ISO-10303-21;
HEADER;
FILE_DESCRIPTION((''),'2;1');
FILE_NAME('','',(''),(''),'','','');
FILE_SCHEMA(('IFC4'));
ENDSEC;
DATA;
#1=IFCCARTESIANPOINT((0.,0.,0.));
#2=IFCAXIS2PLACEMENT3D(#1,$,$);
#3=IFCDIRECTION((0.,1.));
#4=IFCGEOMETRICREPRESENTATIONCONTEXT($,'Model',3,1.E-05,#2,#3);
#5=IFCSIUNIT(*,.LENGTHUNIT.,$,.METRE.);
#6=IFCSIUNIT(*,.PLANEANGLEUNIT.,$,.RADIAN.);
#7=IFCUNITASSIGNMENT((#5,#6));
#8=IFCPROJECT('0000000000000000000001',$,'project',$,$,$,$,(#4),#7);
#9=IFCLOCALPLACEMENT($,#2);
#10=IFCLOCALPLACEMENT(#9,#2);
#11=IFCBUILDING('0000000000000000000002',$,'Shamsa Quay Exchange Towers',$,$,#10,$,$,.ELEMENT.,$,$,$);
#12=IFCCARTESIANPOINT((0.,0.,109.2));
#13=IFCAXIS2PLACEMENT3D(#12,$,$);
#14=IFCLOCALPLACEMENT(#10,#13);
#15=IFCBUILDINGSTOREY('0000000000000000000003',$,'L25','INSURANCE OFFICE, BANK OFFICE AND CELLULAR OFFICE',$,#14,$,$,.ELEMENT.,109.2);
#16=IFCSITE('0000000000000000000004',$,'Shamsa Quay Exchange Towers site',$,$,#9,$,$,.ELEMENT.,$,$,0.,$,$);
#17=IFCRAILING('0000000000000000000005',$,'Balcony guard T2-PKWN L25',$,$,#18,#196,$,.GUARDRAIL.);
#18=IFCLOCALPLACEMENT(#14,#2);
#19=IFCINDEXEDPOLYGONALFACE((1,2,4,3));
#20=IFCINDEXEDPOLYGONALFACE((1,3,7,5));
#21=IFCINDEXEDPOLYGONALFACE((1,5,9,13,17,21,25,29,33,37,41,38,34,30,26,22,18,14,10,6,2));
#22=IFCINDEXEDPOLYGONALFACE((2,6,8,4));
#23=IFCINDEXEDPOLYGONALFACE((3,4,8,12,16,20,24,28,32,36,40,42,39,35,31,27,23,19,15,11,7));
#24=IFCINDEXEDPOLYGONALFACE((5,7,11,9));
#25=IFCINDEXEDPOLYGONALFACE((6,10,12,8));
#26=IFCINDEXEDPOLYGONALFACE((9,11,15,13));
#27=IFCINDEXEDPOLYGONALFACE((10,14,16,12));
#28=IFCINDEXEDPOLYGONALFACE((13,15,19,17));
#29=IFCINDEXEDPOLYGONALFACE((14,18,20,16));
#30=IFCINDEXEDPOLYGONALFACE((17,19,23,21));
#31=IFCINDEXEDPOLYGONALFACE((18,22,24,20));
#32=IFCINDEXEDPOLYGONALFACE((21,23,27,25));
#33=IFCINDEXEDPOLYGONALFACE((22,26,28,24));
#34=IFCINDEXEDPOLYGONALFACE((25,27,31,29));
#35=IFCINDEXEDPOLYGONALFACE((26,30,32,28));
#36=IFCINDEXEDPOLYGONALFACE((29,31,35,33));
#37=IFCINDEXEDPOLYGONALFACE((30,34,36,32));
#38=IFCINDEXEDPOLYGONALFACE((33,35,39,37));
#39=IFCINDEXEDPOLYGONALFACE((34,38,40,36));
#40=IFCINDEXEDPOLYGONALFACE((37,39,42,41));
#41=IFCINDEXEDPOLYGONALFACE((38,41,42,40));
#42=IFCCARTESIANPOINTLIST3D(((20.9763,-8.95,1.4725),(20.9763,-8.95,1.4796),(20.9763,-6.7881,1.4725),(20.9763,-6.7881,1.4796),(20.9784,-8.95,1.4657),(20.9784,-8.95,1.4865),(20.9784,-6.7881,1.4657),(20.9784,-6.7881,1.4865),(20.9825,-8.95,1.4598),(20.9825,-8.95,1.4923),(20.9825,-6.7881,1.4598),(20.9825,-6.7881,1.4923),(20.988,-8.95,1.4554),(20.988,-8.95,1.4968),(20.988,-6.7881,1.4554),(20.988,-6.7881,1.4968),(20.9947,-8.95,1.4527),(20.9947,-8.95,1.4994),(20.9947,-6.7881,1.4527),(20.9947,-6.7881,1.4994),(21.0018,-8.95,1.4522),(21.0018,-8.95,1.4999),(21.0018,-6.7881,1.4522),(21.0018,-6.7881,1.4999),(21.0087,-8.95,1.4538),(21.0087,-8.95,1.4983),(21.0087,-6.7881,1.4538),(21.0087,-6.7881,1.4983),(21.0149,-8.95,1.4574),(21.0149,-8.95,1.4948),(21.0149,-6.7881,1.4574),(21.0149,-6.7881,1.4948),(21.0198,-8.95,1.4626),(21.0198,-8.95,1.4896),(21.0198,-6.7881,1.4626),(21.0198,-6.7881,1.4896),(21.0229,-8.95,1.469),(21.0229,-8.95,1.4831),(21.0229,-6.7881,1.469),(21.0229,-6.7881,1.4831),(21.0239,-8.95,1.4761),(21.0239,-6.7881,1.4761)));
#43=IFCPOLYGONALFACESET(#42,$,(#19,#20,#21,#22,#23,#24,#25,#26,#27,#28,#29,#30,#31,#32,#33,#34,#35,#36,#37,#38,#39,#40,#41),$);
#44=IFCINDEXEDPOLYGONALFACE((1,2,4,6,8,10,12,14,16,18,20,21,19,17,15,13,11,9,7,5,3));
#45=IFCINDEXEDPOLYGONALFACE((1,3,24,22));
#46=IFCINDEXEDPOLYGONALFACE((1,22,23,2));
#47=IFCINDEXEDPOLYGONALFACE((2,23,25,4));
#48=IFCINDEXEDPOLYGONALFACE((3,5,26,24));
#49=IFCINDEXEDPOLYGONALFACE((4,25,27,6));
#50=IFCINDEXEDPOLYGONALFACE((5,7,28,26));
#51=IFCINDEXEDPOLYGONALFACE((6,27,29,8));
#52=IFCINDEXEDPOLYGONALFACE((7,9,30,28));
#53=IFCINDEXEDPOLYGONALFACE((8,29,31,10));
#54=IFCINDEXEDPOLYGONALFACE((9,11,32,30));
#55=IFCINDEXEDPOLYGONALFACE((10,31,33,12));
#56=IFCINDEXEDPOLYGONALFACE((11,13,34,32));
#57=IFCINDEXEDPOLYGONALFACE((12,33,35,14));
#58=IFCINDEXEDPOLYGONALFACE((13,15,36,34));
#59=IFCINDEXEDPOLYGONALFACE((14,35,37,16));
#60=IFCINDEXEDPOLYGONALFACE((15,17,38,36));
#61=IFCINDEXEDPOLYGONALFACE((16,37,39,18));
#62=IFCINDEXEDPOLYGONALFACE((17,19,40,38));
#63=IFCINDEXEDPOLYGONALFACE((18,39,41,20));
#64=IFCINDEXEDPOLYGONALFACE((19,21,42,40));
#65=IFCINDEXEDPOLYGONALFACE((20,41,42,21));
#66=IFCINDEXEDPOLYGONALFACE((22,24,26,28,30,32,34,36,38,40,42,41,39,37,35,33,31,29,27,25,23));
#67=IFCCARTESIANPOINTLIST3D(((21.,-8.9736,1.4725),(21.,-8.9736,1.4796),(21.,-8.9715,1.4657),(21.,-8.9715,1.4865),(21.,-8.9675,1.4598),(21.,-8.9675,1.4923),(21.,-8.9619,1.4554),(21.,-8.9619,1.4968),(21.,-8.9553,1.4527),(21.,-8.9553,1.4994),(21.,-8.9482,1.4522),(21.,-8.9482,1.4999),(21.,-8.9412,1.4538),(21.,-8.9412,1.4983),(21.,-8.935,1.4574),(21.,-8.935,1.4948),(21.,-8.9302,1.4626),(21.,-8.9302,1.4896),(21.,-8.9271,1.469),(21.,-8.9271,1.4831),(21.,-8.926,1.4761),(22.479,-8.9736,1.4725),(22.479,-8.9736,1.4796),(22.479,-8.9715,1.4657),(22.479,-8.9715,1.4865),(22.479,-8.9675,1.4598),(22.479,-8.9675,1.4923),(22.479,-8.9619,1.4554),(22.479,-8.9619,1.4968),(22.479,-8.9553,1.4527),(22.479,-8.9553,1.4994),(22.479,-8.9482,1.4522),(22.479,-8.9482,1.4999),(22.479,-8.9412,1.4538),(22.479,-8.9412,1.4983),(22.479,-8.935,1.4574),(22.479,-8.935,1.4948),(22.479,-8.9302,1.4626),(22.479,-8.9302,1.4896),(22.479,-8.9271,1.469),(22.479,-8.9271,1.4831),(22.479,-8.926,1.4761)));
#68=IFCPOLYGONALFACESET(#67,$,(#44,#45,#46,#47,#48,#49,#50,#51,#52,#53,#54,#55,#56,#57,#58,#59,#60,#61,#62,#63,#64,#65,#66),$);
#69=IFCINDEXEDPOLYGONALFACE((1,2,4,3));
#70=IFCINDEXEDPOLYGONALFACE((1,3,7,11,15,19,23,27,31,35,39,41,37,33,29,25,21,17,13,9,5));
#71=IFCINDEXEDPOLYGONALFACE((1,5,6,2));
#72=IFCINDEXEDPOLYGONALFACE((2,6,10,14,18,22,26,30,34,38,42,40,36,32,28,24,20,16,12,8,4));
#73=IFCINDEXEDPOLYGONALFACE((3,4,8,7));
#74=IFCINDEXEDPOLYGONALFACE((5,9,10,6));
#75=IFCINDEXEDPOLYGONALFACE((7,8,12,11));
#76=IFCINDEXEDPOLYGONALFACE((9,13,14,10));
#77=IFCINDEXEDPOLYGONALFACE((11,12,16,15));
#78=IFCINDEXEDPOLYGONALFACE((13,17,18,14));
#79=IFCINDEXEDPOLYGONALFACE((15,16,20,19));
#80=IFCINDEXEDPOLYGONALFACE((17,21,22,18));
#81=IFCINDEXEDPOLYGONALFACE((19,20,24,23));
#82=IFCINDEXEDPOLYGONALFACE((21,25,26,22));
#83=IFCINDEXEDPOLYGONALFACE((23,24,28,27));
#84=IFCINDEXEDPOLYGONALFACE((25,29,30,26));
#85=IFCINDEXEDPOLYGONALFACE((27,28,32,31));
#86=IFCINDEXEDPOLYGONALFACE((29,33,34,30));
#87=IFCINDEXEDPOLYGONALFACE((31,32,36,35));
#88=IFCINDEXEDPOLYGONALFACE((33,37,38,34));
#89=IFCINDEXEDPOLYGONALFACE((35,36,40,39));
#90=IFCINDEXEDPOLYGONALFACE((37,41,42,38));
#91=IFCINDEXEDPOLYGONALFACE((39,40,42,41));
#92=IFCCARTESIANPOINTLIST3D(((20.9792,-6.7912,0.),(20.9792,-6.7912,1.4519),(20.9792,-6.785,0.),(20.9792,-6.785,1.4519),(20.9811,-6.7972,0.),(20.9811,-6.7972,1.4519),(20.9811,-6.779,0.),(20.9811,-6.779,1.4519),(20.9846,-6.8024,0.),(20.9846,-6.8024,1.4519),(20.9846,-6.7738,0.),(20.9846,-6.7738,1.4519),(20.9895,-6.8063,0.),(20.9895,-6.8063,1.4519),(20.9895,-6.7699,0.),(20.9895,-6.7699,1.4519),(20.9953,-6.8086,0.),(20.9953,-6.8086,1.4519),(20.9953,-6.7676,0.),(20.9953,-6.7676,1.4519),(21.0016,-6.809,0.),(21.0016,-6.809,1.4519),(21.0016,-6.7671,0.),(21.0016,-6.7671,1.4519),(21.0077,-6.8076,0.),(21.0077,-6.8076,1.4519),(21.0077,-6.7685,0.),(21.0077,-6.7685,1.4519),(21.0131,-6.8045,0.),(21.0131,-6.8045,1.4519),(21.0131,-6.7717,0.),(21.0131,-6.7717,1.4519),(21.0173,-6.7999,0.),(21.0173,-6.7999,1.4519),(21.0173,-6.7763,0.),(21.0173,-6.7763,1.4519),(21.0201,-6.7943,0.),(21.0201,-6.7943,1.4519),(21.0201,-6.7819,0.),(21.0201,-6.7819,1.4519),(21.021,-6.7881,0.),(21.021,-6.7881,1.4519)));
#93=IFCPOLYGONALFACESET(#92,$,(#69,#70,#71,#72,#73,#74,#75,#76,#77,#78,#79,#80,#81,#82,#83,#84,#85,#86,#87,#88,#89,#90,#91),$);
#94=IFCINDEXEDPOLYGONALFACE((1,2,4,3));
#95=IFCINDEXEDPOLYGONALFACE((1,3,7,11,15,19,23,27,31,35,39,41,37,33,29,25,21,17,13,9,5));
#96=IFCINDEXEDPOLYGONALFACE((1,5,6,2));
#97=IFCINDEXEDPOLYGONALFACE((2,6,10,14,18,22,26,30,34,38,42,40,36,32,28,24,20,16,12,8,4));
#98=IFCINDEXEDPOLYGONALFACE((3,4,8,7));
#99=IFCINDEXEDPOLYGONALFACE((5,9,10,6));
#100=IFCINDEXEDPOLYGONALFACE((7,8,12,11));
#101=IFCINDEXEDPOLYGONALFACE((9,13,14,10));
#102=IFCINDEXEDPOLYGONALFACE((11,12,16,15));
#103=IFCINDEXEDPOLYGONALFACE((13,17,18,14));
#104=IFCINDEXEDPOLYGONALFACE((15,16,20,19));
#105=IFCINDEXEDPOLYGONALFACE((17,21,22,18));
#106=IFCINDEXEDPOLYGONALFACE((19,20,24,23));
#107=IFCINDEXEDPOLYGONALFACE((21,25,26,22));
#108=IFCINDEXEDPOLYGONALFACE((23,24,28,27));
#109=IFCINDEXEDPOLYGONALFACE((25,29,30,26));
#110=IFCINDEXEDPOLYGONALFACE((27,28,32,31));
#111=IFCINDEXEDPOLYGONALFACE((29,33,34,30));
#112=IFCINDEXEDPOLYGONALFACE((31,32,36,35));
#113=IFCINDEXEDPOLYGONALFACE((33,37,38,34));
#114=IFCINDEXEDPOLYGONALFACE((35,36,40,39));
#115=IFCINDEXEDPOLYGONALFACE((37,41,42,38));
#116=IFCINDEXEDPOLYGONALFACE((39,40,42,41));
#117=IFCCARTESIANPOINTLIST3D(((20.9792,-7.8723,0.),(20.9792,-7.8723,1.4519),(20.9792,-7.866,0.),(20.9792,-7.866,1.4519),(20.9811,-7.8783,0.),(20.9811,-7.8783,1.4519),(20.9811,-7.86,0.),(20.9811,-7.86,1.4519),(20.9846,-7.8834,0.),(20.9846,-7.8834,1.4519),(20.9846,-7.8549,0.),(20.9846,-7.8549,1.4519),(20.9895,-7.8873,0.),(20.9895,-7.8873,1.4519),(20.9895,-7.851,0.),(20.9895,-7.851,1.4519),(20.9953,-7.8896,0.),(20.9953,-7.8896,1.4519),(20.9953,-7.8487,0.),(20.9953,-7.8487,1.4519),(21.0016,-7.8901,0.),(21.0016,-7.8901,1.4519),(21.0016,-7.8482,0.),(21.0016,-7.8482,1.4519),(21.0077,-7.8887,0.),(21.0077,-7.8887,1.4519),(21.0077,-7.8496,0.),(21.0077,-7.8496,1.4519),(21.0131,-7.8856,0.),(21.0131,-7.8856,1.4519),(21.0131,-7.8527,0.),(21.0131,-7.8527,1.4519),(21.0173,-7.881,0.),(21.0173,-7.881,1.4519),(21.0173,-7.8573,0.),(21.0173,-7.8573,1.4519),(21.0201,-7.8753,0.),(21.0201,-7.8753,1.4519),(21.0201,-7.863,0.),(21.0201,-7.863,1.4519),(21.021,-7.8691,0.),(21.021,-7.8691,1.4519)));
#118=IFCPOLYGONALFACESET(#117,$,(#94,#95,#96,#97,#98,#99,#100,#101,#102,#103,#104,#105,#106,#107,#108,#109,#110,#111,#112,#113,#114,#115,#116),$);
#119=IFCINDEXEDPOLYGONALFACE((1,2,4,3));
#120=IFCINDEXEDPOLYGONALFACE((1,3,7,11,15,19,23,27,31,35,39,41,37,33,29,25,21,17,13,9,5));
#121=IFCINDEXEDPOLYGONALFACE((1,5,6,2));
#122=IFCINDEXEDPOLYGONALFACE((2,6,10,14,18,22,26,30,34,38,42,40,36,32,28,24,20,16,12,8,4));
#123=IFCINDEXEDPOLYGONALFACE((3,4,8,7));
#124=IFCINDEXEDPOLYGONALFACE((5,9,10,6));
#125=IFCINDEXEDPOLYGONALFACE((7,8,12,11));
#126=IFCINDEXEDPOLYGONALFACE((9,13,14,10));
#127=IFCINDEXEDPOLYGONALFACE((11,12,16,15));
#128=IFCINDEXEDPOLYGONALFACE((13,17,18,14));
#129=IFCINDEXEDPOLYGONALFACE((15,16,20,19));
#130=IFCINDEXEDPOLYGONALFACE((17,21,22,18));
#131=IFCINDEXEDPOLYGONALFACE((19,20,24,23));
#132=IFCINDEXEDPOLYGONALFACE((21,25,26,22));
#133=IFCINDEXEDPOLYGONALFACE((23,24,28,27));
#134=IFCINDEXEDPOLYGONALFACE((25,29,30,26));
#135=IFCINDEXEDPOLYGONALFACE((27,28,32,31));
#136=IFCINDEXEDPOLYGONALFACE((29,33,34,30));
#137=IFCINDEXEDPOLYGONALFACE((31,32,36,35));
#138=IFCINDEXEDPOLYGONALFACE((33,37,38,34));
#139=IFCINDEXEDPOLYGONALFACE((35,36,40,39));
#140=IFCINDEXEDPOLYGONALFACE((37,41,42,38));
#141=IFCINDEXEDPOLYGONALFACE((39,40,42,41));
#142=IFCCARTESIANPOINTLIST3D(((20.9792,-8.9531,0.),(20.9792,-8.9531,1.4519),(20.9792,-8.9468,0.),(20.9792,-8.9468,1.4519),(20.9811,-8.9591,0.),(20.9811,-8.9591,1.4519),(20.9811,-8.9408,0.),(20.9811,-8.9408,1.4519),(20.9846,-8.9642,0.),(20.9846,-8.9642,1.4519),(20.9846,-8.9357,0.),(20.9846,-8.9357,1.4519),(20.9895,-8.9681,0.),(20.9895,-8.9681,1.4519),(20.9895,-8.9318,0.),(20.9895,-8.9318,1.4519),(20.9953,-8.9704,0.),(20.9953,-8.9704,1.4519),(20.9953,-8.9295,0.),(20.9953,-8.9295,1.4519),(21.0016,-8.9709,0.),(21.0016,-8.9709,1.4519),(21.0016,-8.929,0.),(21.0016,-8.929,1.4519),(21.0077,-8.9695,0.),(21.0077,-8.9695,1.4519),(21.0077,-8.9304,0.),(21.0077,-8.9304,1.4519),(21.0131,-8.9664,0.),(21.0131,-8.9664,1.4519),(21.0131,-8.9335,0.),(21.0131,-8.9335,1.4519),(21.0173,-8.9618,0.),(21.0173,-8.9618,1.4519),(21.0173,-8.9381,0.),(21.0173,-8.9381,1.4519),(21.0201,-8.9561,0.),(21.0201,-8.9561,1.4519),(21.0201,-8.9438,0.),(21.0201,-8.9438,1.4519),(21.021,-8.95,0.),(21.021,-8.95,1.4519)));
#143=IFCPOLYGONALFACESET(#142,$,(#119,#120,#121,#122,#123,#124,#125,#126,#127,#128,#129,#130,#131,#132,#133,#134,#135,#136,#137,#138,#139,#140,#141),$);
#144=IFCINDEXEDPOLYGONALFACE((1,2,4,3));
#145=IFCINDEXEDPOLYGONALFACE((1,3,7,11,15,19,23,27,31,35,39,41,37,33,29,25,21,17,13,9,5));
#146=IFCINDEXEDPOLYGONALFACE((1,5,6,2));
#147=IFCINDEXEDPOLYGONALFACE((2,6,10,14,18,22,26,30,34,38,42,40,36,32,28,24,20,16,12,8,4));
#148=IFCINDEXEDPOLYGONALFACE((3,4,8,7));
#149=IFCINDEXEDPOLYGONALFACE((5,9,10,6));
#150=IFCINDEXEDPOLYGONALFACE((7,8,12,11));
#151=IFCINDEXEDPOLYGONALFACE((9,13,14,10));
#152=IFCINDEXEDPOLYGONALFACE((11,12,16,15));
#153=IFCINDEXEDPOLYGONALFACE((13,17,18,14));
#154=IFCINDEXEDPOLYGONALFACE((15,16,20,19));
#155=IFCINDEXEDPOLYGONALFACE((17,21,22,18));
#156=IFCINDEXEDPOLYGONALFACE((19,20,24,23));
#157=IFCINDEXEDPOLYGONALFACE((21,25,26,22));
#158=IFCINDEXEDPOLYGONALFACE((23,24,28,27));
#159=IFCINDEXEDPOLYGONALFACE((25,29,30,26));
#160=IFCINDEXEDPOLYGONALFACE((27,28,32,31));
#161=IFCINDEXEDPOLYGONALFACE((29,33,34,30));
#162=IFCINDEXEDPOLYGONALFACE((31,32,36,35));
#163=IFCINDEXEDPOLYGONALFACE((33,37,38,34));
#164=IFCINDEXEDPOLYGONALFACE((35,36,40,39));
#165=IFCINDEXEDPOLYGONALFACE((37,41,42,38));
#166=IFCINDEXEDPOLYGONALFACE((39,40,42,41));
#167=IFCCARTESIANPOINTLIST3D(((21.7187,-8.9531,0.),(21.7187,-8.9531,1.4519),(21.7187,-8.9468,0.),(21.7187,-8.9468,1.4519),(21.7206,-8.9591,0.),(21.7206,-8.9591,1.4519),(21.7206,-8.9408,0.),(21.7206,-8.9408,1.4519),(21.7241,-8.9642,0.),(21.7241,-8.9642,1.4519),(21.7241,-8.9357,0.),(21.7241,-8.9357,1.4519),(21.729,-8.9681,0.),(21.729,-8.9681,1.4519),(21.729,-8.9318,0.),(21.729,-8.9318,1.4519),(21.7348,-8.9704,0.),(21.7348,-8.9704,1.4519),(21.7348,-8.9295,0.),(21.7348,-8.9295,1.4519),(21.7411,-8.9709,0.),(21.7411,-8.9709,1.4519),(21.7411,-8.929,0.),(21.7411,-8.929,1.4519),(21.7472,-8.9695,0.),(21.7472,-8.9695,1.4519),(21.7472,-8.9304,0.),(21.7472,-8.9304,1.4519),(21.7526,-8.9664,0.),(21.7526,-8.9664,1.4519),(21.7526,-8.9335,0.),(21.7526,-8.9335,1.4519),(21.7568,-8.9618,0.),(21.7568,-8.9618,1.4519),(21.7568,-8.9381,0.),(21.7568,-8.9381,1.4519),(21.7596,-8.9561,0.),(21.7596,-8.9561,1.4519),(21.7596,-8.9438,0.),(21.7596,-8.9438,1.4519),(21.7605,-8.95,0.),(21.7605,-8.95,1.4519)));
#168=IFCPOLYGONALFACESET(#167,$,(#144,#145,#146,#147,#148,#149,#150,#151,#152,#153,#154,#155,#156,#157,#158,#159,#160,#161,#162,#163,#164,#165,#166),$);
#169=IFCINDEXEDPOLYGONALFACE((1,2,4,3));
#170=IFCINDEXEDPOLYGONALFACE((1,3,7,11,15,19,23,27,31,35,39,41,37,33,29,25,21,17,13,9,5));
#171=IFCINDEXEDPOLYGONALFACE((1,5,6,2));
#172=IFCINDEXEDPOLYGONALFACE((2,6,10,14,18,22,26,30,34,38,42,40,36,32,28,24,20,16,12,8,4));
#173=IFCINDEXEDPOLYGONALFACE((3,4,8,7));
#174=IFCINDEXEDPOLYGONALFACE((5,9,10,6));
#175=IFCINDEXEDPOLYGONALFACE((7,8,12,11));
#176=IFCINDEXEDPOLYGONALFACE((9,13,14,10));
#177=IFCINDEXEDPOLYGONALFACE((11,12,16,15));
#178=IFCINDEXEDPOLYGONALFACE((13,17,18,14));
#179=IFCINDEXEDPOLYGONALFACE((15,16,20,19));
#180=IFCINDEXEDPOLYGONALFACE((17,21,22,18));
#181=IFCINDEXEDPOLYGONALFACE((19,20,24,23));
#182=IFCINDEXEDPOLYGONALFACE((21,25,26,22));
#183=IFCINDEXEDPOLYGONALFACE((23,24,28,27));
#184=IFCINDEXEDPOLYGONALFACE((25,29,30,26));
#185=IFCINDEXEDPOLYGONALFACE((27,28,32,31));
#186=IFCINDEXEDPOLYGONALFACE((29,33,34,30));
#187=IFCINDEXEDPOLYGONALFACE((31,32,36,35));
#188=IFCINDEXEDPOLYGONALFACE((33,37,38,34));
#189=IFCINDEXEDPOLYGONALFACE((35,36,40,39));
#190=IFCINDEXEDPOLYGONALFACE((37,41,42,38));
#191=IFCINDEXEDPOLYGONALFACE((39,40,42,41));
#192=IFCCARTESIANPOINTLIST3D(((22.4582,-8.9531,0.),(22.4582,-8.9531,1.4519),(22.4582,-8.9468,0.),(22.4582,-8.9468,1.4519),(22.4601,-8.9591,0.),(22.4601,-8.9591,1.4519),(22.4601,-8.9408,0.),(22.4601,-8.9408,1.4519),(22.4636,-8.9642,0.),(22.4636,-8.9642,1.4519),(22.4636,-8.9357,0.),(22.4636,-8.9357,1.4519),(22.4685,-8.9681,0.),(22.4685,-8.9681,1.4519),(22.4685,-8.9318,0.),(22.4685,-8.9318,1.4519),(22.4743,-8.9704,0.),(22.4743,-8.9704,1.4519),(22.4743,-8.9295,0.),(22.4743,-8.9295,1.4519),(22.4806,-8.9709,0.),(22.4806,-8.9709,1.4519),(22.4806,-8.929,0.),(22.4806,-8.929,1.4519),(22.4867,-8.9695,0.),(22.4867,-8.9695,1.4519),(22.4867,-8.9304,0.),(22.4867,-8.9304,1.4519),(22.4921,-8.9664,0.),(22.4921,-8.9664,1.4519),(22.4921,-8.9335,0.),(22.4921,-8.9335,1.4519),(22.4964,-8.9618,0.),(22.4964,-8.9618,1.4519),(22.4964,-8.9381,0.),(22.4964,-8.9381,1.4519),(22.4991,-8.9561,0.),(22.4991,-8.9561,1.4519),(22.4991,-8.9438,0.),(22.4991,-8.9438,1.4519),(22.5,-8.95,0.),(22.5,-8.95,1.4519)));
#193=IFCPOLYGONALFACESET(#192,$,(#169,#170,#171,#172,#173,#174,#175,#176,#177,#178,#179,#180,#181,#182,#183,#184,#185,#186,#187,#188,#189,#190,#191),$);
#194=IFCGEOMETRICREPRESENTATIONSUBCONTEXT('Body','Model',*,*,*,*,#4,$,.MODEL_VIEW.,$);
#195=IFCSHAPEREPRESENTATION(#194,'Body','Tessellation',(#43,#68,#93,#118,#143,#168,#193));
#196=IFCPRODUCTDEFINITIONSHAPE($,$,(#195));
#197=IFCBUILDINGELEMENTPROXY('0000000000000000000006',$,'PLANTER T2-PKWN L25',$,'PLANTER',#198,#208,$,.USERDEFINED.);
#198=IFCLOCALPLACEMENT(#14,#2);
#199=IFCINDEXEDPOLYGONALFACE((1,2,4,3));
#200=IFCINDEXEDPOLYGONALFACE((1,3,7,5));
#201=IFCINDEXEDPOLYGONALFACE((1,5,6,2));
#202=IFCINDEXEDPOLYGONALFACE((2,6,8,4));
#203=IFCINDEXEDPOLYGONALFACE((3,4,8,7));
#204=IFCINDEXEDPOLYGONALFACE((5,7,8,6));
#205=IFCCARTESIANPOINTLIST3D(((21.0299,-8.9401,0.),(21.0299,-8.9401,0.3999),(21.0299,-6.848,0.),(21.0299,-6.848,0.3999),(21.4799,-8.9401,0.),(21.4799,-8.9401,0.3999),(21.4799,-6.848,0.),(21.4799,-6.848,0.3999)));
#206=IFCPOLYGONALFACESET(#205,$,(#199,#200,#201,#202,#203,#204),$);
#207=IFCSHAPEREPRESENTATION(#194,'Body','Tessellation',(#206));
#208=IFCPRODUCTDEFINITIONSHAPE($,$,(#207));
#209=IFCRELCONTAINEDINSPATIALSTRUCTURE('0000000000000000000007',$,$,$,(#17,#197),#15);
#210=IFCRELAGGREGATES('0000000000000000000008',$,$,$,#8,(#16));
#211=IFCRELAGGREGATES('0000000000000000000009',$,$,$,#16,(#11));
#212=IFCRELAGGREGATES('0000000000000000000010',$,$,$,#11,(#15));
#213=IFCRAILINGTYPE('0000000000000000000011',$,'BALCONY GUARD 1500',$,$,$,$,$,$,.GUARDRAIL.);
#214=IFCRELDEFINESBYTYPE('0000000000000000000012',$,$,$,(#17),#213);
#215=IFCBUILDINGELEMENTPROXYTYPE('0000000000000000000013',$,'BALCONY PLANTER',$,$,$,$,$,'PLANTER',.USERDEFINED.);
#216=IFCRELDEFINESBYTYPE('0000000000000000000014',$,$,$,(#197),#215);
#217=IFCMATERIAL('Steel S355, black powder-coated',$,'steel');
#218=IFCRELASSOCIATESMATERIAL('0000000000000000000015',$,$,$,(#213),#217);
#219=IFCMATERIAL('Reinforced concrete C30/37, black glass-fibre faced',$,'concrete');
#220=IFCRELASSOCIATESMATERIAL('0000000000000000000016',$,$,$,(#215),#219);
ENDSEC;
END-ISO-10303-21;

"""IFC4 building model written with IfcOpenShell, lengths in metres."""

from ifc_helpers import new_model, si_unit, direction, frame, origin, origin_2d, place, context, subcontext, project, spatial, rectangle, circle, extrude, material, type_object, element, save


model = new_model("IFC4")

# Units and contexts
model_context = context("Model", 3, precision=1e-05, world=origin(), true_north=direction((0.0, 1.0)))
body_context = subcontext(model_context, "Body", "Model", "MODEL_VIEW")
ifc_project = project(units=[si_unit("LENGTHUNIT", "METRE"), si_unit("PLANEANGLEUNIT", "RADIAN")], contexts=[model_context])

# Site, building, storey
site_placement = place(None, origin())
site = spatial("IfcSite", under=ifc_project, at=site_placement, Name="Shamsa Quay Exchange Towers site", CompositionType="ELEMENT", RefElevation=0.0)
building_placement = place(site_placement, origin())
building = spatial("IfcBuilding", under=site, at=building_placement, Name="Shamsa Quay Exchange Towers", CompositionType="ELEMENT")
storey_placement = place(building_placement, frame((0.0, 0.0, 109.2)))
storey = spatial("IfcBuildingStorey", under=building, at=storey_placement, Name="L25", Description="INSURANCE OFFICE, BANK OFFICE AND CELLULAR OFFICE", CompositionType="ELEMENT", Elevation=109.2)

# Railing
ifc_material_1 = material(Name="Steel S355, black powder-coated", Category="steel")
railing_type_1 = type_object("IfcRailingType", Name="BALCONY GUARD 1500", PredefinedType="GUARDRAIL", material=ifc_material_1)
railing_1_placement = place(storey_placement, frame((21.0, -6.7881, 0.0)))
element("IfcRailing", 1, at=railing_1_placement, inside=storey, type_object=railing_type_1, Name="Balcony guard T2-PKWN L25", PredefinedType="GUARDRAIL", context=body_context, shape_type="SweptSolid", body=[
    extrude(circle(Radius=0.0239, at=origin_2d()), frame((0.0, 0.0, 1.4761), z_axis=(0.0, -1.0, 0.0), x_axis=(1.0, 0.0, 0.0)), (0.0, 0.0, 1.0), 2.1619),
    extrude(circle(Radius=0.0239, at=origin_2d()), frame((0.0, -2.1619, 1.4761), z_axis=(1.0, 0.0, 0.0), x_axis=(0.0, 1.0, 0.0)), (0.0, 0.0, 1.0), 1.479),
    extrude(circle(Radius=0.021, at=origin_2d()), origin(), (0.0, 0.0, 1.0), 1.4519),
    extrude(circle(Radius=0.021, at=origin_2d()), frame((0.0, -1.0811, 0.0)), (0.0, 0.0, 1.0), 1.4519),
    extrude(circle(Radius=0.021, at=origin_2d()), frame((0.0, -2.1619, 0.0)), (0.0, 0.0, 1.0), 1.4519),
    extrude(circle(Radius=0.021, at=origin_2d()), frame((0.7395, -2.1619, 0.0)), (0.0, 0.0, 1.0), 1.4519),
    extrude(circle(Radius=0.021, at=origin_2d()), frame((1.479, -2.1619, 0.0)), (0.0, 0.0, 1.0), 1.4519),
])

# Building element proxy
ifc_material_2 = material(Name="Reinforced concrete C30/37, black glass-fibre faced", Category="concrete")
building_element_proxy_type = type_object("IfcBuildingElementProxyType", Name="BALCONY PLANTER", ElementType="PLANTER", PredefinedType="USERDEFINED", material=ifc_material_2)
proxy_placement = place(storey_placement, frame((21.2549, -7.894, 0.0), z_axis=(0.0, 0.0, 1.0), x_axis=(0.0, -1.0, 0.0)))
element("IfcBuildingElementProxy", 2, at=proxy_placement, inside=storey, type_object=building_element_proxy_type, Name="PLANTER T2-PKWN L25", ObjectType="PLANTER", PredefinedType="USERDEFINED", context=body_context, shape_type="SweptSolid", body=[
    extrude(rectangle(XDim=2.092, YDim=0.45, at=origin_2d()), origin(), (0.0, 0.0, 1.0), 0.3999),
])

save(model, "model.ifc")
